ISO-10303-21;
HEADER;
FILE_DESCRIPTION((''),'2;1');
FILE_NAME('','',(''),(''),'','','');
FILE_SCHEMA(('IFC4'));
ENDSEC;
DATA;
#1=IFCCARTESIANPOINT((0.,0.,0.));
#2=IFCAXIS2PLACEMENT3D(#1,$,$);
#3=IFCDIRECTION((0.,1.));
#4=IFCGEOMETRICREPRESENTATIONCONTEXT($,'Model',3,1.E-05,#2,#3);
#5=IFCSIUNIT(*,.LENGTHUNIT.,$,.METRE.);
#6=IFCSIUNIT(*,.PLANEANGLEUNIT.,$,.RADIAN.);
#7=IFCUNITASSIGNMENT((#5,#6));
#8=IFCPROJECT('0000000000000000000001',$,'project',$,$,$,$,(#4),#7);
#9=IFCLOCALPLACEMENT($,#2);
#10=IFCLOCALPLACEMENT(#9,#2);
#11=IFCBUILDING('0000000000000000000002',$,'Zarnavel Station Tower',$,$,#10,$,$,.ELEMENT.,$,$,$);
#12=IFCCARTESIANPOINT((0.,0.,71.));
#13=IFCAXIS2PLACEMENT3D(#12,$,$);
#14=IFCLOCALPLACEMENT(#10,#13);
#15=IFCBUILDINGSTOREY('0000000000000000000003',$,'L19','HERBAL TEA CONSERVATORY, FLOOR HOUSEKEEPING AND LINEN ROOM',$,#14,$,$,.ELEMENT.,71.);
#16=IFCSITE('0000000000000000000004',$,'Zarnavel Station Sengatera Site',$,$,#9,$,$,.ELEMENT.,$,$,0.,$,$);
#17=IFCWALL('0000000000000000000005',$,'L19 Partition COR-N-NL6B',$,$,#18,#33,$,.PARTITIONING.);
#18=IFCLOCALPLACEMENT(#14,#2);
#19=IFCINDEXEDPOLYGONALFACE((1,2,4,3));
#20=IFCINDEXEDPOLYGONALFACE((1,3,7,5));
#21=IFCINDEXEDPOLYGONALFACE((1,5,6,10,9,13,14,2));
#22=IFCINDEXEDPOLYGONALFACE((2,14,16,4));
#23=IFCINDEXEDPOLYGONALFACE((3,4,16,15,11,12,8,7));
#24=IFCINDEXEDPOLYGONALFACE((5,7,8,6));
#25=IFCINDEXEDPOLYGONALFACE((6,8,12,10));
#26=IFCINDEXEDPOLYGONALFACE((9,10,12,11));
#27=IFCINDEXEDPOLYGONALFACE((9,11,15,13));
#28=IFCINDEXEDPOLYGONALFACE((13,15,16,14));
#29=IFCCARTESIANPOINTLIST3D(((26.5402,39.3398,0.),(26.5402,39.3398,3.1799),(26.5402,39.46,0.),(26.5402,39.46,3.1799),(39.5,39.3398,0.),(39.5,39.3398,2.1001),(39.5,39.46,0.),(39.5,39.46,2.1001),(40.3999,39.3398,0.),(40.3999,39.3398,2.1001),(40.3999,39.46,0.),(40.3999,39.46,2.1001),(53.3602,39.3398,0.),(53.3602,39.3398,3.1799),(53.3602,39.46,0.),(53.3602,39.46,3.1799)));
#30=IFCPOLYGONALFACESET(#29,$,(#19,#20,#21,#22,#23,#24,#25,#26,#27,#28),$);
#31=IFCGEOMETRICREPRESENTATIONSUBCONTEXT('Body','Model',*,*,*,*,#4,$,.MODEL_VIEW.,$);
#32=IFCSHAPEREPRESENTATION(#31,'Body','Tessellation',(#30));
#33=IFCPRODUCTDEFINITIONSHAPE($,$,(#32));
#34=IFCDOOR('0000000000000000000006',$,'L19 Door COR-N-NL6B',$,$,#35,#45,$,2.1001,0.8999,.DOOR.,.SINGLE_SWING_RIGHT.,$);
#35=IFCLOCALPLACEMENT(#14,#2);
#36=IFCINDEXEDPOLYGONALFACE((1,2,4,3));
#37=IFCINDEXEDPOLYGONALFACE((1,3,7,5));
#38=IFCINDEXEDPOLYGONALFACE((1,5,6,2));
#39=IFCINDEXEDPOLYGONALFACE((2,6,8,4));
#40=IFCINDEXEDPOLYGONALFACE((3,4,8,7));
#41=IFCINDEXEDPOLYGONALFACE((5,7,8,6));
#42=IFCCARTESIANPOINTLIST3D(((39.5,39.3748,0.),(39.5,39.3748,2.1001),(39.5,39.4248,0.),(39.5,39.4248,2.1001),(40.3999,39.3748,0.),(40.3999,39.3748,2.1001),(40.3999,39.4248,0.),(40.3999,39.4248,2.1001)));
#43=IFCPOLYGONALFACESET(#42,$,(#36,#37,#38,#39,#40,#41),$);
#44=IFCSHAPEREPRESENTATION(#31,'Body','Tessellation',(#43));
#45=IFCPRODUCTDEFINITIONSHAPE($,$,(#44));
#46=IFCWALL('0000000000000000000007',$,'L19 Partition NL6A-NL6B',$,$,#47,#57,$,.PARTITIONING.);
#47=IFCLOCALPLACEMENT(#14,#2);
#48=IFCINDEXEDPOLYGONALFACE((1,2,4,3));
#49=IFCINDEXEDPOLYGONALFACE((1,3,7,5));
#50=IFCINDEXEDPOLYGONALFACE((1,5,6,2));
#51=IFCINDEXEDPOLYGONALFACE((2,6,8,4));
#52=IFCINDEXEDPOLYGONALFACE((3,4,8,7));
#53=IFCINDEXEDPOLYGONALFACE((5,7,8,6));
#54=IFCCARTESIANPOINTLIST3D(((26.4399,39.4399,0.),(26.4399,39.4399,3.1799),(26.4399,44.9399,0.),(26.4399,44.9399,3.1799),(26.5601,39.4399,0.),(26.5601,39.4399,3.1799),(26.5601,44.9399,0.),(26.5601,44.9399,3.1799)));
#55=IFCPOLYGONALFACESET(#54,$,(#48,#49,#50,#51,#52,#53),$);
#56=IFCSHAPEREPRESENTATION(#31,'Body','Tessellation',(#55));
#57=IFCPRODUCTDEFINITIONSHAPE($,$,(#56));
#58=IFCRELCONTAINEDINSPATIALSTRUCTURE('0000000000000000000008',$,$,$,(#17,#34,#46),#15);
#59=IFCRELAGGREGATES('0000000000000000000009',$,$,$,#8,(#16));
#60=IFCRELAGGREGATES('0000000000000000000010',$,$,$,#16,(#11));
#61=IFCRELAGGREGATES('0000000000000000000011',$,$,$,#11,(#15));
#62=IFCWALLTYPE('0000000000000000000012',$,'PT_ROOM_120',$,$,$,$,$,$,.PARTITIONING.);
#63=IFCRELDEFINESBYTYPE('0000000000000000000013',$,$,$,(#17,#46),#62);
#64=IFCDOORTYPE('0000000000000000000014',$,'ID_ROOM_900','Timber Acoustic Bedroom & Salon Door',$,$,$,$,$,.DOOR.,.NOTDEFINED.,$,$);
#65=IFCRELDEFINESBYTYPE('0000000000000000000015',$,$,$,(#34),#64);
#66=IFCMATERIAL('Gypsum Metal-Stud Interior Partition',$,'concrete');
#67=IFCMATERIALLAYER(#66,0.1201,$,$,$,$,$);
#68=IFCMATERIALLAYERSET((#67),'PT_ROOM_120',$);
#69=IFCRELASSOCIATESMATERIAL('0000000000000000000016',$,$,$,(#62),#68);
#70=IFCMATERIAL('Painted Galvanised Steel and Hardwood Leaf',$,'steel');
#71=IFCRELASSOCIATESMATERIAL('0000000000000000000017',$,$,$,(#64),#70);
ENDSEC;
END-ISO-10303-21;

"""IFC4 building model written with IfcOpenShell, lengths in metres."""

from ifc_helpers import new_model, si_unit, direction, frame, frame_2d, origin, place, context, subcontext, project, spatial, rectangle, extrude, material, layer, layer_set, type_object, element, fill, save


model = new_model("IFC4")

# Units and contexts
model_context = context("Model", 3, precision=1e-05, world=origin(), true_north=direction((0.0, 1.0)))
body_context = subcontext(model_context, "Body", "Model", "MODEL_VIEW")
ifc_project = project(units=[si_unit("LENGTHUNIT", "METRE"), si_unit("PLANEANGLEUNIT", "RADIAN")], contexts=[model_context])

# Site, building, storey
site_placement = place(None, origin())
site = spatial("IfcSite", under=ifc_project, at=site_placement, Name="Zarnavel Station Sengatera Site", CompositionType="ELEMENT", RefElevation=0.0)
building_placement = place(site_placement, origin())
building = spatial("IfcBuilding", under=site, at=building_placement, Name="Zarnavel Station Tower", CompositionType="ELEMENT")
storey_placement = place(building_placement, frame((0.0, 0.0, 71.0)))
storey = spatial("IfcBuildingStorey", under=building, at=storey_placement, Name="L19", Description="HERBAL TEA CONSERVATORY, FLOOR HOUSEKEEPING AND LINEN ROOM", CompositionType="ELEMENT", Elevation=71.0)

# Wall, opening, door
ifc_material_1 = material(Name="Gypsum Metal-Stud Interior Partition", Category="concrete")
ifc_layer_1 = layer(ifc_material_1, 0.1201)
ifc_layer_set_1 = layer_set([ifc_layer_1], Name="PT_ROOM_120")
wall_type_1 = type_object("IfcWallType", Name="PT_ROOM_120", PredefinedType="PARTITIONING", material=ifc_layer_set_1)
wall_1_placement = place(storey_placement, frame((26.54, 39.3999, 0.0), z_axis=(0.0, 0.0, 1.0), x_axis=(1.0, 0.0, 0.0)))
wall_1 = element("IfcWall", 1, at=wall_1_placement, inside=storey, type_object=wall_type_1, Name="L19 Partition COR-N-NL6B", PredefinedType="PARTITIONING", context=body_context, shape_type="SweptSolid", body=[
    extrude(rectangle(XDim=26.8201, YDim=0.1201, at=frame_2d((13.4102, 0.0))), origin(), (0.0, 0.0, 1.0), 3.1799),
])
opening_1_placement = place(wall_1_placement, frame((12.96, 0.0, 0.0)))
opening_1 = element("IfcOpeningElement", 2, at=opening_1_placement, cuts=wall_1, PredefinedType="OPENING", context=body_context, shape_type="SweptSolid", body=[
    extrude(rectangle(XDim=0.8999, YDim=2.1001, at=frame_2d((0.45, 1.05))), frame((0.0, 0.0701, 0.0), z_axis=(0.0, -1.0, 0.0), x_axis=(1.0, 0.0, 0.0)), (0.0, 0.0, 1.0), 0.1401),
])
ifc_material_2 = material(Name="Painted Galvanised Steel and Hardwood Leaf", Category="steel")
door_type_1 = type_object("IfcDoorType", Name="ID_ROOM_900", Description="Timber Acoustic Bedroom & Salon Door", OperationType="NOTDEFINED", PredefinedType="DOOR", material=ifc_material_2)
door_1_placement = place(opening_1_placement, origin())
door_1 = element("IfcDoor", 3, at=door_1_placement, inside=storey, type_object=door_type_1, Name="L19 Door COR-N-NL6B", OperationType="SINGLE_SWING_RIGHT", OverallHeight=2.1001, OverallWidth=0.8999, PredefinedType="DOOR", context=body_context, shape_type="SweptSolid", body=[
    extrude(rectangle(XDim=0.8999, YDim=2.1001, at=frame_2d((0.45, 1.05))), frame((0.0, 0.0249, 0.0), z_axis=(0.0, -1.0, 0.0), x_axis=(1.0, 0.0, 0.0)), (0.0, 0.0, 1.0), 0.05),
])
fill(opening_1, door_1)

# Wall
wall_2_placement = place(storey_placement, frame((26.5, 39.4399, 0.0), z_axis=(0.0, 0.0, 1.0), x_axis=(0.0, 1.0, 0.0)))
element("IfcWall", 4, at=wall_2_placement, inside=storey, type_object=wall_type_1, Name="L19 Partition NL6A-NL6B", PredefinedType="PARTITIONING", context=body_context, shape_type="SweptSolid", body=[
    extrude(rectangle(XDim=5.5, YDim=0.1201, at=frame_2d((2.75, 0.0))), origin(), (0.0, 0.0, 1.0), 3.1799),
])

save(model, "model.ifc")
